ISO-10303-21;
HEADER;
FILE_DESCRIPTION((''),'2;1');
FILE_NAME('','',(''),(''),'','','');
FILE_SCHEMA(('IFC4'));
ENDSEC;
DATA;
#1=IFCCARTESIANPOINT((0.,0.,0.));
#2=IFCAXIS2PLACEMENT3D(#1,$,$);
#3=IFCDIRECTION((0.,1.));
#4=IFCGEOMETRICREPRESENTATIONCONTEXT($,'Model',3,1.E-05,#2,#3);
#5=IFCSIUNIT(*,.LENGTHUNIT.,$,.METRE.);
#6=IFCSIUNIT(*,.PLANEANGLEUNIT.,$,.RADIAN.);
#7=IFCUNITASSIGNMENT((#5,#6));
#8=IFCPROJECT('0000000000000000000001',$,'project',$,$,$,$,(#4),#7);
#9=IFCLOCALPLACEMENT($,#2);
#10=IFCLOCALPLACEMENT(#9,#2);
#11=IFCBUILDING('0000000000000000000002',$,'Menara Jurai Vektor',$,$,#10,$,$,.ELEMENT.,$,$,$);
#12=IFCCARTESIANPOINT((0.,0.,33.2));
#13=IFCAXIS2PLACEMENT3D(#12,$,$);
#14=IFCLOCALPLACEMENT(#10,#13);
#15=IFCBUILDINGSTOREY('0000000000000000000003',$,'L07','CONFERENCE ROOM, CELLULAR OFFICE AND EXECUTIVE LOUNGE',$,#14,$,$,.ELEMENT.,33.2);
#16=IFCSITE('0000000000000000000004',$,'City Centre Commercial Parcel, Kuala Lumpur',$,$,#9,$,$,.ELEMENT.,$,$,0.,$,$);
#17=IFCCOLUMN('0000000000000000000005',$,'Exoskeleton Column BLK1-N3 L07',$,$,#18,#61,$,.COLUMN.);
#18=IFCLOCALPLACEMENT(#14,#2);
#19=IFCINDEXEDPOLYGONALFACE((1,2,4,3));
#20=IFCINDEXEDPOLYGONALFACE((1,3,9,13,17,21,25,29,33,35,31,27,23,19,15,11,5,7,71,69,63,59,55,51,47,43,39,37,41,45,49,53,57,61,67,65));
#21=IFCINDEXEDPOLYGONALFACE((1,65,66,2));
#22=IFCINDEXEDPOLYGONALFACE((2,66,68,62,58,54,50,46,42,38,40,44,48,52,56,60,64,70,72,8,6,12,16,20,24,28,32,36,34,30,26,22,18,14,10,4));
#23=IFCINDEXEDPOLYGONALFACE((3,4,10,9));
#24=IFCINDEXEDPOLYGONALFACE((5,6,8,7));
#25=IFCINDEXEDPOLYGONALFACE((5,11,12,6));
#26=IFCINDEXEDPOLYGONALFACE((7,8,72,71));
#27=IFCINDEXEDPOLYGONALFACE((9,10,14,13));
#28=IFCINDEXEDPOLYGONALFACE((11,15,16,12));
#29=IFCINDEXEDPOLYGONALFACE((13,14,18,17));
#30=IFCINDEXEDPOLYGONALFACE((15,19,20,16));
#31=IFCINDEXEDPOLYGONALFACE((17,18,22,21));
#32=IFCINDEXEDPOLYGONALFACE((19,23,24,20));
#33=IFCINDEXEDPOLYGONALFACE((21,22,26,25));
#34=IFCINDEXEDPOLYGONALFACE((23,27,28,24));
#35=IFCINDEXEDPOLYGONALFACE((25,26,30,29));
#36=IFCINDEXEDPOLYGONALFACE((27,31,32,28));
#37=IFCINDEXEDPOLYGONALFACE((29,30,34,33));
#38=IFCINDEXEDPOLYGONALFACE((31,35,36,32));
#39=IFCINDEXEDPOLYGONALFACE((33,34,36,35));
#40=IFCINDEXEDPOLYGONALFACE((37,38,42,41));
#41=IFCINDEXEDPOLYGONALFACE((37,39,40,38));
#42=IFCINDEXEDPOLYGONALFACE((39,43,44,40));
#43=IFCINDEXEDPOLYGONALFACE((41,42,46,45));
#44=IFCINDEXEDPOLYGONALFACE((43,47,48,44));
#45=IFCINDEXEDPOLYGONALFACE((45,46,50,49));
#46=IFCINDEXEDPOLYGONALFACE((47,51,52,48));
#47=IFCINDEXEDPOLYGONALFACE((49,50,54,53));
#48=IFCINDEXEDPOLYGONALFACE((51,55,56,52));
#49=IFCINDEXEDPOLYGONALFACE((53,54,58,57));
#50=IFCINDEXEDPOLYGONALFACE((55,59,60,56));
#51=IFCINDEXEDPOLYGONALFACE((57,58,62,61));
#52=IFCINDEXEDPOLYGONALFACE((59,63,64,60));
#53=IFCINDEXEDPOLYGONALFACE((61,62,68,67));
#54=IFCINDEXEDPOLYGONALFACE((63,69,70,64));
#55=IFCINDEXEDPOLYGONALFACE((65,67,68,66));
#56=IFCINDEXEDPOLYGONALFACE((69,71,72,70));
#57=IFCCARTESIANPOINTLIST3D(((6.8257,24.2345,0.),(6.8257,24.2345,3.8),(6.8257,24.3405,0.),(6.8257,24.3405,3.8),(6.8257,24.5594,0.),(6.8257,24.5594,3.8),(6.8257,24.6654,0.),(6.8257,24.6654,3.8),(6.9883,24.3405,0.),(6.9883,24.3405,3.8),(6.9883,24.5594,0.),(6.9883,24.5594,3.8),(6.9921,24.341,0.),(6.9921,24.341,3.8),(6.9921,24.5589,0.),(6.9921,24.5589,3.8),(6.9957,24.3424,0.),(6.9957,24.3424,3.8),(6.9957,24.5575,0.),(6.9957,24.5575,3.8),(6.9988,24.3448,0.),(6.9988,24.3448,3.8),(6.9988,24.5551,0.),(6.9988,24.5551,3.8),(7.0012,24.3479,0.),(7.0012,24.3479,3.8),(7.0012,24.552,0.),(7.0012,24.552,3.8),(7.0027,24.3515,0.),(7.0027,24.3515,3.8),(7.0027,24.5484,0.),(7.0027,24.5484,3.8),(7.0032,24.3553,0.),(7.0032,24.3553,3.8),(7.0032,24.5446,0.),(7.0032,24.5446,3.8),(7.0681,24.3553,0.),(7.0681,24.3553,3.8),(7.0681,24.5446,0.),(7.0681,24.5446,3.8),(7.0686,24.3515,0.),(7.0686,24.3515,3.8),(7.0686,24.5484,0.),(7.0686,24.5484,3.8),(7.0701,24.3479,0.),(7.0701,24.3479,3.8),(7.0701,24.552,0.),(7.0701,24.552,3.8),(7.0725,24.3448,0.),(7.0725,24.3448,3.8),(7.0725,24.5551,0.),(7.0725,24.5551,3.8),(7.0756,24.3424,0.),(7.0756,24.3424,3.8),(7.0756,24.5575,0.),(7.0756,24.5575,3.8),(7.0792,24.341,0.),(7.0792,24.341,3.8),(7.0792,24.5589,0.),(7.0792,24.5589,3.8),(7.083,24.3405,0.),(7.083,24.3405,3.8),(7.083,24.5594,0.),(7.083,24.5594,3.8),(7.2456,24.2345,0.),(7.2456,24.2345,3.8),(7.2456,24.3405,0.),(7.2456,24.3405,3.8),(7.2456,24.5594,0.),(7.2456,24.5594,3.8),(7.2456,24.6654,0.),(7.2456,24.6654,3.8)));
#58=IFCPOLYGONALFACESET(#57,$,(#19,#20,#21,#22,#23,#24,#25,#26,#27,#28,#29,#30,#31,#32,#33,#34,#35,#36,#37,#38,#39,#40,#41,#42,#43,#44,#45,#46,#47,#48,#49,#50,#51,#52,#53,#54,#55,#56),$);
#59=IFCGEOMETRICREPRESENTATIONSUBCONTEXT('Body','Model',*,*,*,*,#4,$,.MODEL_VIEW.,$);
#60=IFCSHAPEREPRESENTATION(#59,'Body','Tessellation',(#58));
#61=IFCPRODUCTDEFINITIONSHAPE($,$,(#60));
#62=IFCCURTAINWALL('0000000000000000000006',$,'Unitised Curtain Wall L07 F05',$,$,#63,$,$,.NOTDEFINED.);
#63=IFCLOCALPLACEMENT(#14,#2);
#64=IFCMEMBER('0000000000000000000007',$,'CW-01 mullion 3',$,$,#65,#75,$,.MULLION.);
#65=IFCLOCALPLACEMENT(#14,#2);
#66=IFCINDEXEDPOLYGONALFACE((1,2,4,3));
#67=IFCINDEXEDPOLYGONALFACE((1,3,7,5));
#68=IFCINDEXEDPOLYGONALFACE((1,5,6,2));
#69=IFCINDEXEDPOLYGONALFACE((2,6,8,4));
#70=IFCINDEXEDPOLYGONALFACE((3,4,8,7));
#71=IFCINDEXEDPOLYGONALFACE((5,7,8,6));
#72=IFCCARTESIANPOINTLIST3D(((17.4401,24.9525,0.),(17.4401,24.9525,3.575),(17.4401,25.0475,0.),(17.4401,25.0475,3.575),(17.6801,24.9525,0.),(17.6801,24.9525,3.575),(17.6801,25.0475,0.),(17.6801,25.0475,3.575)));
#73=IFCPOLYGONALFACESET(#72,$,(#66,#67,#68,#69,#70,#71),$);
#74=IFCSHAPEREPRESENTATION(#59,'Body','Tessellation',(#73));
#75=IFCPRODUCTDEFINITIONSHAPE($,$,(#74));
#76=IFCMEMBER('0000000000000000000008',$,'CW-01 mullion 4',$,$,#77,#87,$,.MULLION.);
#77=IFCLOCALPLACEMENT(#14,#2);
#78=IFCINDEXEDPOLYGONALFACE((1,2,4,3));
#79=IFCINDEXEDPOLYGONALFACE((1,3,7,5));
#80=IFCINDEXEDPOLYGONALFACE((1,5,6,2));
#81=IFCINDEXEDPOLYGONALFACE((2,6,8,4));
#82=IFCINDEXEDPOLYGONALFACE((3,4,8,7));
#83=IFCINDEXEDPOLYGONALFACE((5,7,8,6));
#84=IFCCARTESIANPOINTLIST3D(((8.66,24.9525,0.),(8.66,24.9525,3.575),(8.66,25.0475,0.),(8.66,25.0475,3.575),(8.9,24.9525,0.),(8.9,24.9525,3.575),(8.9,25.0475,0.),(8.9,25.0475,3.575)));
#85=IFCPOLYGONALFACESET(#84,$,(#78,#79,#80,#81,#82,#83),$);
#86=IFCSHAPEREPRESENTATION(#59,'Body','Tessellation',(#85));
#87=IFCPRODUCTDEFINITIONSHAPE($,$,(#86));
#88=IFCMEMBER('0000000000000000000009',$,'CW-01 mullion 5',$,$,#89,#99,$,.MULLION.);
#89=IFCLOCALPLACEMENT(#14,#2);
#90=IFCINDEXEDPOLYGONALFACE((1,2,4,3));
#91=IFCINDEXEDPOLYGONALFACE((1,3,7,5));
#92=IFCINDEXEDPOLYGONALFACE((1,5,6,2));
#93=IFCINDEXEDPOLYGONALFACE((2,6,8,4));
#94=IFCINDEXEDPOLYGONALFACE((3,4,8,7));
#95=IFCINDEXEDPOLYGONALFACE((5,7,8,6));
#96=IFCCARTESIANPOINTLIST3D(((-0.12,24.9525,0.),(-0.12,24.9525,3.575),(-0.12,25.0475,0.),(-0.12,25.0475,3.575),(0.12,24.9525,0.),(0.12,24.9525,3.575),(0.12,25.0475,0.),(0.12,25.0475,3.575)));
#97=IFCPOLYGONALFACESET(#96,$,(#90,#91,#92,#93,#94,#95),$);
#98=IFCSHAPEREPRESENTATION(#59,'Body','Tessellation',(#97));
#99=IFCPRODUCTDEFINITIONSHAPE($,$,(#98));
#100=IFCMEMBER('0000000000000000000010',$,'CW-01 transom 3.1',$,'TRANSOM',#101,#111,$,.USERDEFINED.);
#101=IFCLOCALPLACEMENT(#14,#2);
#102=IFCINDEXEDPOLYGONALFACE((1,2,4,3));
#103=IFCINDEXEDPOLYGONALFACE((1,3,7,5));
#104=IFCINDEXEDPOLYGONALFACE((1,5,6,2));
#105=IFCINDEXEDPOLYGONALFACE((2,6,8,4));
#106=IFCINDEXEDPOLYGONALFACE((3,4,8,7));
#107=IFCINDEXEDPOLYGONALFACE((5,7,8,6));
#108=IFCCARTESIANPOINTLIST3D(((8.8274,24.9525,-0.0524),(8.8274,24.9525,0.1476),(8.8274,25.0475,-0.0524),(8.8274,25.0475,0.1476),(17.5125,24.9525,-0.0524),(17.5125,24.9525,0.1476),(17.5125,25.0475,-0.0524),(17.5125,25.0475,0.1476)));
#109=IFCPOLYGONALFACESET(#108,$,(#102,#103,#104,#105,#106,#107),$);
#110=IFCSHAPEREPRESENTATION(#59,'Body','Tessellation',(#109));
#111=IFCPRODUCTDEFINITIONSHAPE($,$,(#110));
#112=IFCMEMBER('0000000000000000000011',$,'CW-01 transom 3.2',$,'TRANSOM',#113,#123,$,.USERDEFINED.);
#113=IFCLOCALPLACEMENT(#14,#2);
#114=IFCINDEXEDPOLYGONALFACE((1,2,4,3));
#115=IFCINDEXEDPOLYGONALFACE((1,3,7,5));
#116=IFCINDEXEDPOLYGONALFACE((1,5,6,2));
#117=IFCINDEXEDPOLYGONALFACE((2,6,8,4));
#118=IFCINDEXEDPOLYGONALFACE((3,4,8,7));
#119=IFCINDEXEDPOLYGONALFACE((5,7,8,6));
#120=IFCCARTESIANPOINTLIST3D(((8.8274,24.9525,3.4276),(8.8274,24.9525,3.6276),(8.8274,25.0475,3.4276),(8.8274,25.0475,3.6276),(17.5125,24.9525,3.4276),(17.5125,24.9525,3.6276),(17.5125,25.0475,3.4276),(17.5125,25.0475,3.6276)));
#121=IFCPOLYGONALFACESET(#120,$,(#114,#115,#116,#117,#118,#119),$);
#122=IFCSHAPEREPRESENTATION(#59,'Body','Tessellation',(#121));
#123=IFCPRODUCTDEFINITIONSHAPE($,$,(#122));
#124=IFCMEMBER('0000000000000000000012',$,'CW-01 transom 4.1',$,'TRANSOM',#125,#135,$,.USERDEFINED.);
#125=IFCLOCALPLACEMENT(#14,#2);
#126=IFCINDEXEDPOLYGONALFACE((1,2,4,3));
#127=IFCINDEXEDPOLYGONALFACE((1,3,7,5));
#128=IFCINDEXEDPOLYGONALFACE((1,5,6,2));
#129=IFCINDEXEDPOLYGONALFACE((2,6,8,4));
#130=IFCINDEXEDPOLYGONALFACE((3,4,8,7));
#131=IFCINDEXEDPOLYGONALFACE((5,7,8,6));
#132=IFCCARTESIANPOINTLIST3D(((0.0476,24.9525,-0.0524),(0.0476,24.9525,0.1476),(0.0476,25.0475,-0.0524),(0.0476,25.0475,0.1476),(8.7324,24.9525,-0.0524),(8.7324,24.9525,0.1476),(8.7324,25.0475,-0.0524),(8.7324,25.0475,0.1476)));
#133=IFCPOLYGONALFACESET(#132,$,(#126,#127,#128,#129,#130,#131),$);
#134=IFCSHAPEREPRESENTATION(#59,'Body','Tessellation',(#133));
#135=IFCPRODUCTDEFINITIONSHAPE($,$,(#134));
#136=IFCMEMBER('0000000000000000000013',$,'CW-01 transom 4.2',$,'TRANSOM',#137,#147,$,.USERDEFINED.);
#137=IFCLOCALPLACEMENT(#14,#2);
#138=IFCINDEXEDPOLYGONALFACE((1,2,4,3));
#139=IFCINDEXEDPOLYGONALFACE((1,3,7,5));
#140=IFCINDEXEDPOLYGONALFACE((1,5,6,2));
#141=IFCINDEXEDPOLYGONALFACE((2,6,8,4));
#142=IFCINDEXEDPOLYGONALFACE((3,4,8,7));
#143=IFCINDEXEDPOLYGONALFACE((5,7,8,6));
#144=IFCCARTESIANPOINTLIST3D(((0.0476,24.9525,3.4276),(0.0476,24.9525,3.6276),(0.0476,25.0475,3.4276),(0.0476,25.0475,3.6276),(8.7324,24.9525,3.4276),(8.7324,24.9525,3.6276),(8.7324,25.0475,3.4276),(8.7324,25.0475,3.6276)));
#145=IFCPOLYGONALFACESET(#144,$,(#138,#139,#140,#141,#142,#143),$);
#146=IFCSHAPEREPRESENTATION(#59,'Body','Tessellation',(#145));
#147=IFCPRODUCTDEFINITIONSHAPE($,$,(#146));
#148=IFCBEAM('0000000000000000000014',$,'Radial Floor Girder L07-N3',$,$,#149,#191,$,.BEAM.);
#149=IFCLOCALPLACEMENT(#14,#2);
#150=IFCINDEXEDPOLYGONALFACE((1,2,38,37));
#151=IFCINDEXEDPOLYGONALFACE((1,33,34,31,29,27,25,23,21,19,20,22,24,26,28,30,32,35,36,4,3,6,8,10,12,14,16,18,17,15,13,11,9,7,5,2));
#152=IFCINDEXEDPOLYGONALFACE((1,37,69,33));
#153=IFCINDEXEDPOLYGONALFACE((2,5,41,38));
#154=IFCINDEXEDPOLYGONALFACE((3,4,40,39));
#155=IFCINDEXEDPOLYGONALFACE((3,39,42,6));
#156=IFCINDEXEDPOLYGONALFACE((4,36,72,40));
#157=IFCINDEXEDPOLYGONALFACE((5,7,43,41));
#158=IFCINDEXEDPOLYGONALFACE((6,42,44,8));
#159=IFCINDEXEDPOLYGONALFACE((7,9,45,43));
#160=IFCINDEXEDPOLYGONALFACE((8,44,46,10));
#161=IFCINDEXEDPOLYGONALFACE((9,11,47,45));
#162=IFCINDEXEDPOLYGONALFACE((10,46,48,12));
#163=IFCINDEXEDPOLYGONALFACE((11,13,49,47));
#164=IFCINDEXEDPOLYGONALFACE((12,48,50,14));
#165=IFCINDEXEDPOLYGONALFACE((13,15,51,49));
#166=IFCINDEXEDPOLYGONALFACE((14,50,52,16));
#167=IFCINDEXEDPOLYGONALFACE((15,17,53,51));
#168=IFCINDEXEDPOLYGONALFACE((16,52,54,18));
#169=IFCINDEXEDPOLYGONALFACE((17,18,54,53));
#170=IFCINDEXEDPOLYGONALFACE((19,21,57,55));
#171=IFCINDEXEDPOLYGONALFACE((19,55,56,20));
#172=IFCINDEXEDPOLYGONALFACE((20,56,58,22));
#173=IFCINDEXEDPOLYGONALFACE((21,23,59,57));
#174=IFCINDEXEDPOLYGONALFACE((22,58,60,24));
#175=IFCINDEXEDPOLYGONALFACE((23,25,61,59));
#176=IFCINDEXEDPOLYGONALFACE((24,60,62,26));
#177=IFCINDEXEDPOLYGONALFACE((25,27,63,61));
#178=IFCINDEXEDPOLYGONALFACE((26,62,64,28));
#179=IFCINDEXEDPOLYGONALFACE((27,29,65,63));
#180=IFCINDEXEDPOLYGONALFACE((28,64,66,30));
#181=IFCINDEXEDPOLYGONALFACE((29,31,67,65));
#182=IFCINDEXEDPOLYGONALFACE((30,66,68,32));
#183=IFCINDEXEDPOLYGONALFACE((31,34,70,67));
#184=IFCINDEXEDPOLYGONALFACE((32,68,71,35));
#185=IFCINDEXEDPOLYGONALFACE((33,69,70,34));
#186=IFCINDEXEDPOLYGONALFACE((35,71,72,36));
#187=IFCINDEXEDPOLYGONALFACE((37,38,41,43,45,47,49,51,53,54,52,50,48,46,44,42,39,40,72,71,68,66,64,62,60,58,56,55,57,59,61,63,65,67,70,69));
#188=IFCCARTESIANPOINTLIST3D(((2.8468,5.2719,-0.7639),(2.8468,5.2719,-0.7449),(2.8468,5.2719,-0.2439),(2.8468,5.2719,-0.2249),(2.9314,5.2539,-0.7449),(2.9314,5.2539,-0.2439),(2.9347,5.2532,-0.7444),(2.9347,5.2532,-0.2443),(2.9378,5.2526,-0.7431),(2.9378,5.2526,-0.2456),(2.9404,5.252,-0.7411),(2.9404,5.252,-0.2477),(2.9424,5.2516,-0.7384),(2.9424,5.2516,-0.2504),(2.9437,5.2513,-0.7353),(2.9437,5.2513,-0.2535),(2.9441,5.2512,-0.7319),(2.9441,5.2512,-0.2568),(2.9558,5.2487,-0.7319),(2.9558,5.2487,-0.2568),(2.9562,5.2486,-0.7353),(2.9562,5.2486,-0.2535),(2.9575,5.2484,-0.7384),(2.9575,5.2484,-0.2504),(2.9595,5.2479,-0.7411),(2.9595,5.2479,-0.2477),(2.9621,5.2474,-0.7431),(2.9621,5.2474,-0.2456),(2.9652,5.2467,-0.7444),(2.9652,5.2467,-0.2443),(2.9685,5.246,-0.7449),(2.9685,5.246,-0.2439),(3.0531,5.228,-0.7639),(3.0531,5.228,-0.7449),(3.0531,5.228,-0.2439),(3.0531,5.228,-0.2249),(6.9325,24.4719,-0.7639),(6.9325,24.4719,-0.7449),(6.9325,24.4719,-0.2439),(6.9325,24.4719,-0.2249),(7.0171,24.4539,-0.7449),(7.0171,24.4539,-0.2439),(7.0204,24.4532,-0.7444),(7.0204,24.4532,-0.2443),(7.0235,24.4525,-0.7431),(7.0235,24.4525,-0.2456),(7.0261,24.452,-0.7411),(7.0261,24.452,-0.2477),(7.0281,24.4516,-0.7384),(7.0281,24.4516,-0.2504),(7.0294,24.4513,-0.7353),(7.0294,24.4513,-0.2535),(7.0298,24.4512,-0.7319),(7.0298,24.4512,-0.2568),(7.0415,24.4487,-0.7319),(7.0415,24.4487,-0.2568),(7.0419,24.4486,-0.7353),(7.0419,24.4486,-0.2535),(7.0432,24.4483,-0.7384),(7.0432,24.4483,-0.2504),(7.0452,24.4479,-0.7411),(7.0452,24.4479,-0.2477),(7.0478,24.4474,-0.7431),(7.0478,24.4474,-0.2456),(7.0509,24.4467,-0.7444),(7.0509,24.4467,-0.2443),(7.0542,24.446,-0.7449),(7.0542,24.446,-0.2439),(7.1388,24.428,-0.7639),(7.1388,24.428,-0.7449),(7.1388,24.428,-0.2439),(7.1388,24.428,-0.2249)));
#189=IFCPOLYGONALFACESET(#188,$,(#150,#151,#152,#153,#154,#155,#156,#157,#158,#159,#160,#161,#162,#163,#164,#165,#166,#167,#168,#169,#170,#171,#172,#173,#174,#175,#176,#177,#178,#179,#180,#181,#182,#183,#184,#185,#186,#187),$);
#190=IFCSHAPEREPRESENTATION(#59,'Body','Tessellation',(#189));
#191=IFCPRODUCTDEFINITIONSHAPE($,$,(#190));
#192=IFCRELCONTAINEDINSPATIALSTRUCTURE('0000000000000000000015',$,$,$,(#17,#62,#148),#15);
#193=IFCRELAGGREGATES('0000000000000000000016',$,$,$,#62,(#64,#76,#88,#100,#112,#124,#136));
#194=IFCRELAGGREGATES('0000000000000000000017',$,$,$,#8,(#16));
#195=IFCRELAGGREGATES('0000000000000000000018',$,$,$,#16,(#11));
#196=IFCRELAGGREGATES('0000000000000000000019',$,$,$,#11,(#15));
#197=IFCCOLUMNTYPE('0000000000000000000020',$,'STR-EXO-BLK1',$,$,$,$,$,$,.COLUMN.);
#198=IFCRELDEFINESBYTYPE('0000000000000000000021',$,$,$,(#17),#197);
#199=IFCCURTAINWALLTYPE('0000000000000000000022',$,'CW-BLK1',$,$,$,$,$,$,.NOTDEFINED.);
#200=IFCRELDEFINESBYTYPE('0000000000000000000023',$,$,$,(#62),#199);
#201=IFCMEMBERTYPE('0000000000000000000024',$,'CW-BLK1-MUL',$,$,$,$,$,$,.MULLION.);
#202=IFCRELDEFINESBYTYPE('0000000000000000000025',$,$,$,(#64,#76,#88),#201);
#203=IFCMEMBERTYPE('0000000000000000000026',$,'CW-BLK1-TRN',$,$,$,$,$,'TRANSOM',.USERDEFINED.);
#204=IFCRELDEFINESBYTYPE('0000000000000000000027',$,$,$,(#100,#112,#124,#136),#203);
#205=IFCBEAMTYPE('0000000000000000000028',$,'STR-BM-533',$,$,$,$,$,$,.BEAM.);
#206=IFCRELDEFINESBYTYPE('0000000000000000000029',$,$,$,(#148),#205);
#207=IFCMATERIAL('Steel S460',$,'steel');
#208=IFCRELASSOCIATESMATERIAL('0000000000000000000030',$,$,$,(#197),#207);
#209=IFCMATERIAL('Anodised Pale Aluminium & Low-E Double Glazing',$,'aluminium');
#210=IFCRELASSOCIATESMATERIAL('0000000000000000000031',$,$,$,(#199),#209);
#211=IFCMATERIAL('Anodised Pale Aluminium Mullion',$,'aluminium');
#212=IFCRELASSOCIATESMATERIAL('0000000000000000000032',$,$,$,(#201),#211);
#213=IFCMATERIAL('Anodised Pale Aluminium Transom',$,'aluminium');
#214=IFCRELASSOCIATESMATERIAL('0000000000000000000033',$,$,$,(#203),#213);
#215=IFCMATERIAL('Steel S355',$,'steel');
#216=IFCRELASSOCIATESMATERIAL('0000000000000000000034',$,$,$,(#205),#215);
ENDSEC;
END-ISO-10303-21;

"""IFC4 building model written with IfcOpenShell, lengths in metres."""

from ifc_helpers import new_model, si_unit, direction, frame, origin, origin_2d, place, context, subcontext, project, spatial, rectangle, i_section, extrude, material, material_profile, profile_set, type_object, element, aggregate, save


model = new_model("IFC4")

# Units and contexts
model_context = context("Model", 3, precision=1e-05, world=origin(), true_north=direction((0.0, 1.0)))
body_context = subcontext(model_context, "Body", "Model", "MODEL_VIEW")
ifc_project = project(units=[si_unit("LENGTHUNIT", "METRE"), si_unit("PLANEANGLEUNIT", "RADIAN")], contexts=[model_context])

# Site, building, storey
site_placement = place(None, origin())
site = spatial("IfcSite", under=ifc_project, at=site_placement, Name="City Centre Commercial Parcel, Kuala Lumpur", CompositionType="ELEMENT", RefElevation=0.0)
building_placement = place(site_placement, origin())
building = spatial("IfcBuilding", under=site, at=building_placement, Name="Menara Jurai Vektor", CompositionType="ELEMENT")
storey_placement = place(building_placement, frame((0.0, 0.0, 33.2)))
storey = spatial("IfcBuildingStorey", under=building, at=storey_placement, Name="L07", Description="CONFERENCE ROOM, CELLULAR OFFICE AND EXECUTIVE LOUNGE", CompositionType="ELEMENT", Elevation=33.2)

# Column
ifc_material_1 = material(Name="Steel S460", Category="steel")
ifc_material_profile_1 = material_profile(ifc_material_1, i_section(OverallWidth=0.4199, OverallDepth=0.4309, WebThickness=0.0649, FlangeThickness=0.106, FilletRadius=0.0149, at=origin_2d()), Name="HD 400x900")
ifc_profile_set_1 = profile_set([ifc_material_profile_1], Name="Steel S460")
column_type = type_object("IfcColumnType", Name="STR-EXO-BLK1", PredefinedType="COLUMN", material=ifc_profile_set_1)
column_placement = place(storey_placement, frame((7.0356, 24.45, 0.0), z_axis=(0.0, 0.0, 1.0), x_axis=(1.0, 0.0, 0.0)))
element("IfcColumn", 1, at=column_placement, inside=storey, type_object=column_type, Name="Exoskeleton Column BLK1-N3 L07", PredefinedType="COLUMN", context=body_context, shape_type="SweptSolid", body=[
    extrude(i_section(OverallWidth=0.4199, OverallDepth=0.4309, WebThickness=0.0649, FlangeThickness=0.106, FilletRadius=0.0149, at=origin_2d()), origin(), (0.0, 0.0, 1.0), 3.8),
])

# Curtain wall, members
ifc_material_2 = material(Name="Anodised Pale Aluminium & Low-E Double Glazing", Category="aluminium")
curtain_wall_type = type_object("IfcCurtainWallType", Name="CW-BLK1", PredefinedType="NOTDEFINED", material=ifc_material_2)
curtain_wall_placement = place(storey_placement, origin())
curtain_wall = element("IfcCurtainWall", 2, at=curtain_wall_placement, inside=storey, type_object=curtain_wall_type, Name="Unitised Curtain Wall L07 F05", PredefinedType="NOTDEFINED")
ifc_material_3 = material(Name="Anodised Pale Aluminium Mullion", Category="aluminium")
ifc_material_profile_2 = material_profile(ifc_material_3, rectangle(XDim=0.095, YDim=0.24, at=origin_2d()), Name="ALU MUL 95x240")
ifc_profile_set_2 = profile_set([ifc_material_profile_2], Name="Anodised Pale Aluminium Mullion")
member_type_1 = type_object("IfcMemberType", Name="CW-BLK1-MUL", PredefinedType="MULLION", material=ifc_profile_set_2)
member_1_placement = place(storey_placement, frame((17.5601, 25.0, 0.0), z_axis=(0.0, 0.0, 1.0), x_axis=(0.0, -1.0, 0.0)))
member_1 = element("IfcMember", 3, at=member_1_placement, type_object=member_type_1, Name="CW-01 mullion 3", PredefinedType="MULLION", context=body_context, shape_type="SweptSolid", body=[
    extrude(rectangle(XDim=0.095, YDim=0.24, at=origin_2d()), origin(), (0.0, 0.0, 1.0), 3.575),
])
member_2_placement = place(storey_placement, frame((8.78, 25.0, 0.0), z_axis=(0.0, 0.0, 1.0), x_axis=(0.0, -1.0, 0.0)))
member_2 = element("IfcMember", 4, at=member_2_placement, type_object=member_type_1, Name="CW-01 mullion 4", PredefinedType="MULLION", context=body_context, shape_type="SweptSolid", body=[
    extrude(rectangle(XDim=0.095, YDim=0.24, at=origin_2d()), origin(), (0.0, 0.0, 1.0), 3.575),
])
member_3_placement = place(storey_placement, frame((0.0, 25.0, 0.0), z_axis=(0.0, 0.0, 1.0), x_axis=(0.0, -1.0, 0.0)))
member_3 = element("IfcMember", 5, at=member_3_placement, type_object=member_type_1, Name="CW-01 mullion 5", PredefinedType="MULLION", context=body_context, shape_type="SweptSolid", body=[
    extrude(rectangle(XDim=0.095, YDim=0.24, at=origin_2d()), origin(), (0.0, 0.0, 1.0), 3.575),
])
ifc_material_4 = material(Name="Anodised Pale Aluminium Transom", Category="aluminium")
ifc_material_profile_3 = material_profile(ifc_material_4, rectangle(XDim=0.095, YDim=0.2, at=origin_2d()), Name="ALU TRN 95x200")
ifc_profile_set_3 = profile_set([ifc_material_profile_3], Name="Anodised Pale Aluminium Transom")
member_type_2 = type_object("IfcMemberType", Name="CW-BLK1-TRN", ElementType="TRANSOM", PredefinedType="USERDEFINED", material=ifc_profile_set_3)
member_4_placement = place(storey_placement, frame((17.5125, 25.0, 0.0476), z_axis=(-1.0, 0.0, 0.0), x_axis=(0.0, -1.0, 0.0)))
member_4 = element("IfcMember", 6, at=member_4_placement, type_object=member_type_2, Name="CW-01 transom 3.1", ObjectType="TRANSOM", PredefinedType="USERDEFINED", context=body_context, shape_type="SweptSolid", body=[
    extrude(rectangle(XDim=0.095, YDim=0.2, at=origin_2d()), origin(), (0.0, 0.0, 1.0), 8.6851),
])
member_5_placement = place(storey_placement, frame((17.5125, 25.0, 3.5276), z_axis=(-1.0, 0.0, 0.0), x_axis=(0.0, -1.0, 0.0)))
member_5 = element("IfcMember", 7, at=member_5_placement, type_object=member_type_2, Name="CW-01 transom 3.2", ObjectType="TRANSOM", PredefinedType="USERDEFINED", context=body_context, shape_type="SweptSolid", body=[
    extrude(rectangle(XDim=0.095, YDim=0.2, at=origin_2d()), origin(), (0.0, 0.0, 1.0), 8.6851),
])
member_6_placement = place(storey_placement, frame((8.7324, 25.0, 0.0476), z_axis=(-1.0, 0.0, 0.0), x_axis=(0.0, -1.0, 0.0)))
member_6 = element("IfcMember", 8, at=member_6_placement, type_object=member_type_2, Name="CW-01 transom 4.1", ObjectType="TRANSOM", PredefinedType="USERDEFINED", context=body_context, shape_type="SweptSolid", body=[
    extrude(rectangle(XDim=0.095, YDim=0.2, at=origin_2d()), origin(), (0.0, 0.0, 1.0), 8.6848),
])
member_7_placement = place(storey_placement, frame((8.7324, 25.0, 3.5276), z_axis=(-1.0, 0.0, 0.0), x_axis=(0.0, -1.0, 0.0)))
member_7 = element("IfcMember", 9, at=member_7_placement, type_object=member_type_2, Name="CW-01 transom 4.2", ObjectType="TRANSOM", PredefinedType="USERDEFINED", context=body_context, shape_type="SweptSolid", body=[
    extrude(rectangle(XDim=0.095, YDim=0.2, at=origin_2d()), origin(), (0.0, 0.0, 1.0), 8.6848),
])

# Beam
ifc_material_5 = material(Name="Steel S355", Category="steel")
ifc_material_profile_4 = material_profile(ifc_material_5, i_section(OverallWidth=0.2109, OverallDepth=0.5391, WebThickness=0.012, FlangeThickness=0.019, FilletRadius=0.0129, at=origin_2d()), Name="UKB 533x210x109")
ifc_profile_set_4 = profile_set([ifc_material_profile_4], Name="Steel S355")
beam_type_1 = type_object("IfcBeamType", Name="STR-BM-533", PredefinedType="BEAM", material=ifc_profile_set_4)
beam_1_placement = place(storey_placement, frame((7.0356, 24.45, -0.4944), z_axis=(-0.208137, -0.9781, 0.0), x_axis=(0.9781, -0.208137, 0.0)))
element("IfcBeam", 10, at=beam_1_placement, inside=storey, type_object=beam_type_1, Name="Radial Floor Girder L07-N3", PredefinedType="BEAM", context=body_context, shape_type="SweptSolid", body=[
    extrude(i_section(OverallWidth=0.2109, OverallDepth=0.5391, WebThickness=0.012, FlangeThickness=0.019, FilletRadius=0.0129, at=origin_2d()), origin(), (0.0, 0.0, 1.0), 19.6299),
])

aggregate(curtain_wall, [member_1, member_2, member_3, member_4, member_5, member_6, member_7])

save(model, "model.ifc")
